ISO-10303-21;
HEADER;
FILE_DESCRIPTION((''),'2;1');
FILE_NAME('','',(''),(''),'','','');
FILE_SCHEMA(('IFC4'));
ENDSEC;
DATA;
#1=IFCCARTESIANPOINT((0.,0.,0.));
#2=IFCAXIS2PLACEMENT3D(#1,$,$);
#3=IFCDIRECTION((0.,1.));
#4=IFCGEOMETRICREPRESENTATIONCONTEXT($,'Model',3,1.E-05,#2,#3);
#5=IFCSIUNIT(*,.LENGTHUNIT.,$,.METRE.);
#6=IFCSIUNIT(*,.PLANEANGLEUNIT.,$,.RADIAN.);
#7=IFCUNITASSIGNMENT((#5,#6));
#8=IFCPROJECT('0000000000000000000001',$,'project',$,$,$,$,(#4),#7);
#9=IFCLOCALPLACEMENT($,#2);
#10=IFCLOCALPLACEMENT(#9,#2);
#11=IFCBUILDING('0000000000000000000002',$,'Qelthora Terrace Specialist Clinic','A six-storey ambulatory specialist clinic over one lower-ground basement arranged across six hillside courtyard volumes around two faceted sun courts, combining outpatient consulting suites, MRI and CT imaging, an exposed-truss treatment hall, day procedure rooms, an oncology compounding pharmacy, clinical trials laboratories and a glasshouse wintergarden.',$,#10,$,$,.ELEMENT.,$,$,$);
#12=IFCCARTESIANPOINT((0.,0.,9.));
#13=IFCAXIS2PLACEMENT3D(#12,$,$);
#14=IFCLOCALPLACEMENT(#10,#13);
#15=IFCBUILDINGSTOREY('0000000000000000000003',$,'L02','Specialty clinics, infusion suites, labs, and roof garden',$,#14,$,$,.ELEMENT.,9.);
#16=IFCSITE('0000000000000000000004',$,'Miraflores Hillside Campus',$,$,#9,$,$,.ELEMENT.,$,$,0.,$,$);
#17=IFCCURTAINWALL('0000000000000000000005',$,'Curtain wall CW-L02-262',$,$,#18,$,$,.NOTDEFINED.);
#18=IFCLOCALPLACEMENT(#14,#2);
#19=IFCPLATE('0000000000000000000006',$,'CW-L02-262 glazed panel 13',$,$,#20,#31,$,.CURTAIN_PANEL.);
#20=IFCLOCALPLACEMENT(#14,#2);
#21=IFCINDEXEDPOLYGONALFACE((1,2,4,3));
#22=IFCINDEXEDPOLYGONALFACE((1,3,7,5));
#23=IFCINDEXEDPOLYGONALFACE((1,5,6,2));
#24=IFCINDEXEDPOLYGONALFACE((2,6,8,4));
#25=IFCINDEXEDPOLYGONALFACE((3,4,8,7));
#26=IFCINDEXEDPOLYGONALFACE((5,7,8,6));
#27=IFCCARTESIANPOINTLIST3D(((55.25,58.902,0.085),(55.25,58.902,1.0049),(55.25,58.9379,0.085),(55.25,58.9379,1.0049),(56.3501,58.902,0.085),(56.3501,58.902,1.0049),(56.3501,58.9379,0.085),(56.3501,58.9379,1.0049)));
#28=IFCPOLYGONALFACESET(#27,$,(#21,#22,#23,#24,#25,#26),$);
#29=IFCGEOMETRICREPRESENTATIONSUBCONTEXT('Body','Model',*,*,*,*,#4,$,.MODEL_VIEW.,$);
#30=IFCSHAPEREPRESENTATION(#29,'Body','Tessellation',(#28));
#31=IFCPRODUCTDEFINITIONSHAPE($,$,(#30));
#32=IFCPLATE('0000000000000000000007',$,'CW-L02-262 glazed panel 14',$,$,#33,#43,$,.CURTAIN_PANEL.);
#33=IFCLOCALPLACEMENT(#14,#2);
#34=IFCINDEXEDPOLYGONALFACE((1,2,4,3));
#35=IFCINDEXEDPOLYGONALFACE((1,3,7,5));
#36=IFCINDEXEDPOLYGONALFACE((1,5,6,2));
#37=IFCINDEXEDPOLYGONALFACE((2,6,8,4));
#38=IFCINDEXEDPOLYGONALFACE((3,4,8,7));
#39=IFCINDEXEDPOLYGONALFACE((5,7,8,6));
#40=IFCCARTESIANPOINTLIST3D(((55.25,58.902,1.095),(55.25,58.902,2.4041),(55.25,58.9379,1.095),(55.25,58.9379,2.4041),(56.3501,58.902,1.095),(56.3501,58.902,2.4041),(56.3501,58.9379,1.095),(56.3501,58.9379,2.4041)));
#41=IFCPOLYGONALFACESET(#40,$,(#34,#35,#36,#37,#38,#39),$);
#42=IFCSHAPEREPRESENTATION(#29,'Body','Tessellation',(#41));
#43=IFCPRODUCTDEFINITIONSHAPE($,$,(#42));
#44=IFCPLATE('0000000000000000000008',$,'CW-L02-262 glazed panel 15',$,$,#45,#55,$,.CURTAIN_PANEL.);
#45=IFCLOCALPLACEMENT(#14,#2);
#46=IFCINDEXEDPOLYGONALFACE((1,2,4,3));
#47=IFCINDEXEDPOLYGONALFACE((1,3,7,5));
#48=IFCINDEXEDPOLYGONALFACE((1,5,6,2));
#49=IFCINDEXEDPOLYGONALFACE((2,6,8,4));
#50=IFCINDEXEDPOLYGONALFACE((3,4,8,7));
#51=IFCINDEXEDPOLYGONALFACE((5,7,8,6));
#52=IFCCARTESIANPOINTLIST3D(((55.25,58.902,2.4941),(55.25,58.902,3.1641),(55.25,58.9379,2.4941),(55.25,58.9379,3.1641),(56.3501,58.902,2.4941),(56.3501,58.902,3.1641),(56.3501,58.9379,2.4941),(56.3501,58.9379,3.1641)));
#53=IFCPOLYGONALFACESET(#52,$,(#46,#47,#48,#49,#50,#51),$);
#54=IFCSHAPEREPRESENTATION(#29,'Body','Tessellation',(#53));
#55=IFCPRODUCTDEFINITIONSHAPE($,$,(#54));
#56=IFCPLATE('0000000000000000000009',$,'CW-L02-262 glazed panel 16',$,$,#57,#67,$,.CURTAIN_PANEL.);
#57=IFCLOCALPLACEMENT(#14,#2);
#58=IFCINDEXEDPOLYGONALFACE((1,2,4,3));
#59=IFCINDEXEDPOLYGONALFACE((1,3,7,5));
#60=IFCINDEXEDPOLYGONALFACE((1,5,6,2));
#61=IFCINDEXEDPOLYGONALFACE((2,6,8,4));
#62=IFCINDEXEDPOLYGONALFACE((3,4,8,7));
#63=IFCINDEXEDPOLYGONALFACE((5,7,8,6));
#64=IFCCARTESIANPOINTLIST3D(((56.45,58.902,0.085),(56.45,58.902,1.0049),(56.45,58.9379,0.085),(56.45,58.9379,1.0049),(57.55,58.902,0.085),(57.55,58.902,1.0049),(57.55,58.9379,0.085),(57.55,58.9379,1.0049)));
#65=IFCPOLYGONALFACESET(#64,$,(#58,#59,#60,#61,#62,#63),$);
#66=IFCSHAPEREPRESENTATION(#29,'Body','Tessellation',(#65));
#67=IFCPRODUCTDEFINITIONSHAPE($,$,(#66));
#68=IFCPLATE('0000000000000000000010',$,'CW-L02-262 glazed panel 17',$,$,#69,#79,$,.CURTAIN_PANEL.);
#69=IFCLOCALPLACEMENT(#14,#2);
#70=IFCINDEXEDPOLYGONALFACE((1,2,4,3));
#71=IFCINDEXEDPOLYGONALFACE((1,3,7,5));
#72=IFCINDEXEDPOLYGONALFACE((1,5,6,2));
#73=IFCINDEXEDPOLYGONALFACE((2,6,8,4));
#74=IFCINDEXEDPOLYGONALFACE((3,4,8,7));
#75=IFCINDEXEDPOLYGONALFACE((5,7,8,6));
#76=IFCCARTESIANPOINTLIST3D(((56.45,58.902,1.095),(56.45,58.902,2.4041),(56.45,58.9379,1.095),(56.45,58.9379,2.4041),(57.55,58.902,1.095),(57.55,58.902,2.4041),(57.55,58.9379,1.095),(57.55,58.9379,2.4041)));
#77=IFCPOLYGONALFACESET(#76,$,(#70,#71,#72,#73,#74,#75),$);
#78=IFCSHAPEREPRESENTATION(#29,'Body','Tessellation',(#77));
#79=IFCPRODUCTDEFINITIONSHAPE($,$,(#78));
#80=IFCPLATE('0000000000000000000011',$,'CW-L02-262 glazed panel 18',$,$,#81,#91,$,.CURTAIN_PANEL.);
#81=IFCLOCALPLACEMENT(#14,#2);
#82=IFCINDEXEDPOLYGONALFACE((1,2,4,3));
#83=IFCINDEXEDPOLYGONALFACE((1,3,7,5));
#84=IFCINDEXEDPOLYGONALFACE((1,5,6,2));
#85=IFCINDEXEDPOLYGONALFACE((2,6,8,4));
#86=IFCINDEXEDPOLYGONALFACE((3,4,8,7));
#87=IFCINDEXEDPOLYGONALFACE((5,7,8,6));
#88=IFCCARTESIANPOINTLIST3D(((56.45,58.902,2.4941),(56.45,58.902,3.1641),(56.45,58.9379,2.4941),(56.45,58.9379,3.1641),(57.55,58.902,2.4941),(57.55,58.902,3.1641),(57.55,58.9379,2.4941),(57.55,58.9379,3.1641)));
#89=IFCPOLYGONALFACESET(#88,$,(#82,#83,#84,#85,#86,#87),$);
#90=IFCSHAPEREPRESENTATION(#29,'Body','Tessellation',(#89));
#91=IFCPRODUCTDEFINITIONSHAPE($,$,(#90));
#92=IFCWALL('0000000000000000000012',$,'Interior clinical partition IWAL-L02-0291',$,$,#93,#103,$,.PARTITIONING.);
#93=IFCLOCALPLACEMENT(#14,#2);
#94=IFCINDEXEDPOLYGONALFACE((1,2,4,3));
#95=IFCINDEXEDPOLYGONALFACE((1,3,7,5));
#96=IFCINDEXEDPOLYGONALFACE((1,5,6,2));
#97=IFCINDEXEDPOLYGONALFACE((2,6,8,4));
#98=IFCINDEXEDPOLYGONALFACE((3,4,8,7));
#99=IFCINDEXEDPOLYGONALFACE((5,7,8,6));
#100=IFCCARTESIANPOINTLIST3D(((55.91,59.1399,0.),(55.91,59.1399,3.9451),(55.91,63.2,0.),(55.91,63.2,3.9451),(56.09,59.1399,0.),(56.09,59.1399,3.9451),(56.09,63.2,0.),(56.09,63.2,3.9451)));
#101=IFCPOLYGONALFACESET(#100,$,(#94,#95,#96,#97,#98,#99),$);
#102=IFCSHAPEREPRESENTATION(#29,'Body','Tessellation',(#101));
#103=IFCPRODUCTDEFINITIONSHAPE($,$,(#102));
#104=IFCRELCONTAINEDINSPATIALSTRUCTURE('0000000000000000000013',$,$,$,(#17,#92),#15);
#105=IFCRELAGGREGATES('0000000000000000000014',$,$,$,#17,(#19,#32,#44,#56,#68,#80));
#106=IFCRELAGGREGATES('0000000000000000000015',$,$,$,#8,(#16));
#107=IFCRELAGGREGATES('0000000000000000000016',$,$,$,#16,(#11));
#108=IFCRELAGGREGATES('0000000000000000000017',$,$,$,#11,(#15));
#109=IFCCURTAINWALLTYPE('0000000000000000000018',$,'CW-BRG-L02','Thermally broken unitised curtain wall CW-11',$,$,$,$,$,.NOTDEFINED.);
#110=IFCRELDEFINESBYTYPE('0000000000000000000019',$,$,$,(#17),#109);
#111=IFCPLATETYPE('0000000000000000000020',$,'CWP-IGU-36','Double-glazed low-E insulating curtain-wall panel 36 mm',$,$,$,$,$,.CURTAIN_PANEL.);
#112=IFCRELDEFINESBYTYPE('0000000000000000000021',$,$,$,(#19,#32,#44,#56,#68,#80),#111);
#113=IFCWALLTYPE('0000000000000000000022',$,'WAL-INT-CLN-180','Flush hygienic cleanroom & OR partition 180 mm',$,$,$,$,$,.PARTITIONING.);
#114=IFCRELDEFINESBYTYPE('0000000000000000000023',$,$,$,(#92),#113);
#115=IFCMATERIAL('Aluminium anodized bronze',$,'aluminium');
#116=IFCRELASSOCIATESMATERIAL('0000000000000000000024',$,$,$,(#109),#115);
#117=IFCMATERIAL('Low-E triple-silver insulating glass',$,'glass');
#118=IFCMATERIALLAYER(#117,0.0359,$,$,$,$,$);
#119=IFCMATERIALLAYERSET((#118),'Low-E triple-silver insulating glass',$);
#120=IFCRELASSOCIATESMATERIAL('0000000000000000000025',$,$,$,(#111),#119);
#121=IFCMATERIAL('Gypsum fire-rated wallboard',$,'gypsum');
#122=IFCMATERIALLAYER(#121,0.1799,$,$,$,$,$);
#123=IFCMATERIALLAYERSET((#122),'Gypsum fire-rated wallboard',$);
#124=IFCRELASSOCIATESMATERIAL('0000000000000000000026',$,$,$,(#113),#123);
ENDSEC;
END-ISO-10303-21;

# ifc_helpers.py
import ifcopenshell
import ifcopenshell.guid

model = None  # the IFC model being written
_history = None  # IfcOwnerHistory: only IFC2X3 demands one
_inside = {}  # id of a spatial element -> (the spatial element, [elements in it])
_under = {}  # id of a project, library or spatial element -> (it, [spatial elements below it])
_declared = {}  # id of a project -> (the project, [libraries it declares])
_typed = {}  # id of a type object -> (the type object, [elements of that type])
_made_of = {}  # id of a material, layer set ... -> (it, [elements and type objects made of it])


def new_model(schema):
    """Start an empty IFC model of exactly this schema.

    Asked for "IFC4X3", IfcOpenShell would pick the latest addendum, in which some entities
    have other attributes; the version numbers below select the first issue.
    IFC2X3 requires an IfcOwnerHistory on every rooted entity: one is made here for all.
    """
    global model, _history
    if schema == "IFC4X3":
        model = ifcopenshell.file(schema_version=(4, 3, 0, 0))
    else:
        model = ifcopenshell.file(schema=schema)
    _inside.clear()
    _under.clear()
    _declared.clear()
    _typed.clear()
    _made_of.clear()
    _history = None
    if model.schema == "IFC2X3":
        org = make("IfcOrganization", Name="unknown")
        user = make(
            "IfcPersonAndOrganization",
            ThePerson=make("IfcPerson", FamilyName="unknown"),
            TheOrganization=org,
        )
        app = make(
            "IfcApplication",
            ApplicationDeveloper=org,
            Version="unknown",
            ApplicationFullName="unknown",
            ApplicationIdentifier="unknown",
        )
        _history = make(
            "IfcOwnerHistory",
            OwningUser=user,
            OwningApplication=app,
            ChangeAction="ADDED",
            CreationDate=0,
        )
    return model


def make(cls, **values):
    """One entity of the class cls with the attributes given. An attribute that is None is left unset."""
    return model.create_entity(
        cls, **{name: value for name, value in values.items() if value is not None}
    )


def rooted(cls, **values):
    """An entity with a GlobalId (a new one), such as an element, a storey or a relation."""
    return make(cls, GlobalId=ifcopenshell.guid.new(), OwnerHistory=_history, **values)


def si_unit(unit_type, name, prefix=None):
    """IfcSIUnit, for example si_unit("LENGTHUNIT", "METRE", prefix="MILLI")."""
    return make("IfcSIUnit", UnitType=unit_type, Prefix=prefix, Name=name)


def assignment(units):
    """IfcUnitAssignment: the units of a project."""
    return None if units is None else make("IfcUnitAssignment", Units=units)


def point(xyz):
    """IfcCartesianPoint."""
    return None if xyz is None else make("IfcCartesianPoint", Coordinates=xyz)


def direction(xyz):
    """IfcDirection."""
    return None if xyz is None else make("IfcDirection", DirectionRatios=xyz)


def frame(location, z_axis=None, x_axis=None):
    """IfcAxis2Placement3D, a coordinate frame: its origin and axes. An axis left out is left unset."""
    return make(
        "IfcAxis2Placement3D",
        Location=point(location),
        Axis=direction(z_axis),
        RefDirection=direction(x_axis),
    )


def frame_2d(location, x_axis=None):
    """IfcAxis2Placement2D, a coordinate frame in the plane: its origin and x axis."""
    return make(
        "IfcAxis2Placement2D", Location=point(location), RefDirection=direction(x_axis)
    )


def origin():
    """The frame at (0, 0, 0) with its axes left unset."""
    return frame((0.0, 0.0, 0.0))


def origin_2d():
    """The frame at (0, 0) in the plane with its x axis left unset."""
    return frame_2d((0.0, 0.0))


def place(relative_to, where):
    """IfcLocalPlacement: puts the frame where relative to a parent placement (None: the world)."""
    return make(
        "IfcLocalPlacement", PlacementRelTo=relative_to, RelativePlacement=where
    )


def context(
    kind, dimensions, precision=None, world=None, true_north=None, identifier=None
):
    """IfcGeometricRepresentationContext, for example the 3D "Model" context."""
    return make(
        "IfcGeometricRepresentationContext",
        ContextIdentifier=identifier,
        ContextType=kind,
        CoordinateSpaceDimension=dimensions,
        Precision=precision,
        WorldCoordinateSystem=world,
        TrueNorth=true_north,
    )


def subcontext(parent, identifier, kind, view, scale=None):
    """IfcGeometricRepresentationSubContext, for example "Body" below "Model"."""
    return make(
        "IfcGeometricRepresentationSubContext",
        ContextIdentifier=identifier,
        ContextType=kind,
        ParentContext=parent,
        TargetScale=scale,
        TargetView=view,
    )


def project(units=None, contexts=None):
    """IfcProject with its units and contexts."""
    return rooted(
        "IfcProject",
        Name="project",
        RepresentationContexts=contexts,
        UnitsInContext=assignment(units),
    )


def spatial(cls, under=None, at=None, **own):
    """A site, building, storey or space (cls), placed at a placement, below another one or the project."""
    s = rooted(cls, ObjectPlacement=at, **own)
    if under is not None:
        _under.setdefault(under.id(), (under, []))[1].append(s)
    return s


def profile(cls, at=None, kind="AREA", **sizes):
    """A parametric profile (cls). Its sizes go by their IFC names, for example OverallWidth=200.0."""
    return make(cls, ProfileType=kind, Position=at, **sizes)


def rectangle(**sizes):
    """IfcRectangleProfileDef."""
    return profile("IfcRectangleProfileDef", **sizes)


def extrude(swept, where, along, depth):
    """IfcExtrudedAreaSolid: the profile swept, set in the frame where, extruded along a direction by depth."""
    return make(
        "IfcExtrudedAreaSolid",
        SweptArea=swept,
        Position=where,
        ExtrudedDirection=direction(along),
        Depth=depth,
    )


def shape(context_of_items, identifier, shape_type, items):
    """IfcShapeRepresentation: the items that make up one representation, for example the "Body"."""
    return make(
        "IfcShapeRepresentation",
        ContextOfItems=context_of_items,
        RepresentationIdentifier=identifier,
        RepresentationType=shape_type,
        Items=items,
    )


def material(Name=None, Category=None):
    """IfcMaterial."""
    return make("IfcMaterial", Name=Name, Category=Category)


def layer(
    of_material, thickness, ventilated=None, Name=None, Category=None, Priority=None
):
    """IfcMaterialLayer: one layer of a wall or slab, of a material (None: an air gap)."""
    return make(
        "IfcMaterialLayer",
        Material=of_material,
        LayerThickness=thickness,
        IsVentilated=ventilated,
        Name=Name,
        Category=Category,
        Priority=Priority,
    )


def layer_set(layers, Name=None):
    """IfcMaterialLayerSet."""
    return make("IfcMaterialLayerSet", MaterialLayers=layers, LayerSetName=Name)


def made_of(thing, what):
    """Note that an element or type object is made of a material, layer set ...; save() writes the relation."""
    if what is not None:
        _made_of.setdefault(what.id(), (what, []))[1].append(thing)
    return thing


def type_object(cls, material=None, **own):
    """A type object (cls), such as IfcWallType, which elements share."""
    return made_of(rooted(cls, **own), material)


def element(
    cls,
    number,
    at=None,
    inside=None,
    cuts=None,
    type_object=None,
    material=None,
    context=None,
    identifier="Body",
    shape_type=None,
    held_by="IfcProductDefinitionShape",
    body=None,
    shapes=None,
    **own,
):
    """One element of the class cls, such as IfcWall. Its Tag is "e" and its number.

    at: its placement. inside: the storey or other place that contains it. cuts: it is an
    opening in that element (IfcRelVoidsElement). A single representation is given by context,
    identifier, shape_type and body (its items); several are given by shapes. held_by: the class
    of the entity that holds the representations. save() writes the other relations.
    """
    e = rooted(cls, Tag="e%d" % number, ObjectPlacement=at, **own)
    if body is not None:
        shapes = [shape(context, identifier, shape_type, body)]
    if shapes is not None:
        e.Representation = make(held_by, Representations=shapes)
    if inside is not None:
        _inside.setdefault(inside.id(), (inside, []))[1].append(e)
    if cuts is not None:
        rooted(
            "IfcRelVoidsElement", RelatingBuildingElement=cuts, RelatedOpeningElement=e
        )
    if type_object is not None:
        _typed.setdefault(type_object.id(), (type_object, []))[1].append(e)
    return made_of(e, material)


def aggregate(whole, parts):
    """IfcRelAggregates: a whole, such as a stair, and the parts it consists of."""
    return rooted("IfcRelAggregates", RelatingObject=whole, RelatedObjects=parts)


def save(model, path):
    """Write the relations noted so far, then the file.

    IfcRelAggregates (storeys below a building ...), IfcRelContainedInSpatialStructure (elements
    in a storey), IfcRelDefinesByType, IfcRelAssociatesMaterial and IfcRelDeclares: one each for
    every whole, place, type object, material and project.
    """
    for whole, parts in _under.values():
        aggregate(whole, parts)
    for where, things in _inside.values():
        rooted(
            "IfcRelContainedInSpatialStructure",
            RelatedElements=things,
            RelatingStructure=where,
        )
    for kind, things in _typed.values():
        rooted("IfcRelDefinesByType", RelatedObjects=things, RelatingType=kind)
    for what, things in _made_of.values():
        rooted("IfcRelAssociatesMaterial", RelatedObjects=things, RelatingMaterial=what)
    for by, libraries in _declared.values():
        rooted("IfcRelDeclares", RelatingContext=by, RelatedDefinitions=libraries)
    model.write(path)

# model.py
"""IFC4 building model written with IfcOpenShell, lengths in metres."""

from ifc_helpers import new_model, si_unit, direction, frame, frame_2d, origin, origin_2d, place, context, subcontext, project, spatial, rectangle, extrude, material, layer, layer_set, type_object, element, aggregate, save


model = new_model("IFC4")

# Units and contexts
model_context = context("Model", 3, precision=1e-05, world=origin(), true_north=direction((0.0, 1.0)))
body_context = subcontext(model_context, "Body", "Model", "MODEL_VIEW")
ifc_project = project(units=[si_unit("LENGTHUNIT", "METRE"), si_unit("PLANEANGLEUNIT", "RADIAN")], contexts=[model_context])

# Site, building, storey
site_placement = place(None, origin())
site = spatial("IfcSite", under=ifc_project, at=site_placement, Name="Miraflores Hillside Campus", CompositionType="ELEMENT", RefElevation=0.0)
building_placement = place(site_placement, origin())
building = spatial("IfcBuilding", under=site, at=building_placement, Name="Qelthora Terrace Specialist Clinic", Description="A six-storey ambulatory specialist clinic over one lower-ground basement arranged across six hillside courtyard volumes around two faceted sun courts, combining outpatient consulting suites, MRI and CT imaging, an exposed-truss treatment hall, day procedure rooms, an oncology compounding pharmacy, clinical trials laboratories and a glasshouse wintergarden.", CompositionType="ELEMENT")
storey_placement = place(building_placement, frame((0.0, 0.0, 9.0)))
storey = spatial("IfcBuildingStorey", under=building, at=storey_placement, Name="L02", Description="Specialty clinics, infusion suites, labs, and roof garden", CompositionType="ELEMENT", Elevation=9.0)

# Curtain wall, plates
ifc_material_1 = material(Name="Aluminium anodized bronze", Category="aluminium")
curtain_wall_type = type_object("IfcCurtainWallType", Name="CW-BRG-L02", Description="Thermally broken unitised curtain wall CW-11", PredefinedType="NOTDEFINED", material=ifc_material_1)
curtain_wall_placement = place(storey_placement, origin())
curtain_wall = element("IfcCurtainWall", 1, at=curtain_wall_placement, inside=storey, type_object=curtain_wall_type, Name="Curtain wall CW-L02-262", PredefinedType="NOTDEFINED")
ifc_material_2 = material(Name="Low-E triple-silver insulating glass", Category="glass")
ifc_layer_1 = layer(ifc_material_2, 0.0359)
ifc_layer_set_1 = layer_set([ifc_layer_1], Name="Low-E triple-silver insulating glass")
plate_type = type_object("IfcPlateType", Name="CWP-IGU-36", Description="Double-glazed low-E insulating curtain-wall panel 36 mm", PredefinedType="CURTAIN_PANEL", material=ifc_layer_set_1)
plate_1_placement = place(storey_placement, frame((55.8, 58.9199, 0.085), z_axis=(0.0, 0.0, 1.0), x_axis=(1.0, 0.0, 0.0)))
plate_1 = element("IfcPlate", 2, at=plate_1_placement, type_object=plate_type, Name="CW-L02-262 glazed panel 13", PredefinedType="CURTAIN_PANEL", context=body_context, shape_type="SweptSolid", body=[
    extrude(rectangle(XDim=1.1001, YDim=0.0359, at=origin_2d()), origin(), (0.0, 0.0, 1.0), 0.9199),
])
plate_2_placement = place(storey_placement, frame((55.8, 58.9199, 1.095), z_axis=(0.0, 0.0, 1.0), x_axis=(1.0, 0.0, 0.0)))
plate_2 = element("IfcPlate", 3, at=plate_2_placement, type_object=plate_type, Name="CW-L02-262 glazed panel 14", PredefinedType="CURTAIN_PANEL", context=body_context, shape_type="SweptSolid", body=[
    extrude(rectangle(XDim=1.1001, YDim=0.0359, at=origin_2d()), origin(), (0.0, 0.0, 1.0), 1.3091),
])
plate_3_placement = place(storey_placement, frame((55.8, 58.9199, 2.4941), z_axis=(0.0, 0.0, 1.0), x_axis=(1.0, 0.0, 0.0)))
plate_3 = element("IfcPlate", 4, at=plate_3_placement, type_object=plate_type, Name="CW-L02-262 glazed panel 15", PredefinedType="CURTAIN_PANEL", context=body_context, shape_type="SweptSolid", body=[
    extrude(rectangle(XDim=1.1001, YDim=0.0359, at=origin_2d()), origin(), (0.0, 0.0, 1.0), 0.6699),
])
plate_4_placement = place(storey_placement, frame((57.0, 58.9199, 0.085), z_axis=(0.0, 0.0, 1.0), x_axis=(1.0, 0.0, 0.0)))
plate_4 = element("IfcPlate", 5, at=plate_4_placement, type_object=plate_type, Name="CW-L02-262 glazed panel 16", PredefinedType="CURTAIN_PANEL", context=body_context, shape_type="SweptSolid", body=[
    extrude(rectangle(XDim=1.1001, YDim=0.0359, at=origin_2d()), origin(), (0.0, 0.0, 1.0), 0.9199),
])
plate_5_placement = place(storey_placement, frame((57.0, 58.9199, 1.095), z_axis=(0.0, 0.0, 1.0), x_axis=(1.0, 0.0, 0.0)))
plate_5 = element("IfcPlate", 6, at=plate_5_placement, type_object=plate_type, Name="CW-L02-262 glazed panel 17", PredefinedType="CURTAIN_PANEL", context=body_context, shape_type="SweptSolid", body=[
    extrude(rectangle(XDim=1.1001, YDim=0.0359, at=origin_2d()), origin(), (0.0, 0.0, 1.0), 1.3091),
])
plate_6_placement = place(storey_placement, frame((57.0, 58.9199, 2.4941), z_axis=(0.0, 0.0, 1.0), x_axis=(1.0, 0.0, 0.0)))
plate_6 = element("IfcPlate", 7, at=plate_6_placement, type_object=plate_type, Name="CW-L02-262 glazed panel 18", PredefinedType="CURTAIN_PANEL", context=body_context, shape_type="SweptSolid", body=[
    extrude(rectangle(XDim=1.1001, YDim=0.0359, at=origin_2d()), origin(), (0.0, 0.0, 1.0), 0.6699),
])
aggregate(curtain_wall, [plate_1, plate_2, plate_3, plate_4, plate_5, plate_6])

# Wall
ifc_material_3 = material(Name="Gypsum fire-rated wallboard", Category="gypsum")
ifc_layer_2 = layer(ifc_material_3, 0.1799)
ifc_layer_set_2 = layer_set([ifc_layer_2], Name="Gypsum fire-rated wallboard")
wall_type = type_object("IfcWallType", Name="WAL-INT-CLN-180", Description="Flush hygienic cleanroom & OR partition 180 mm", PredefinedType="PARTITIONING", material=ifc_layer_set_2)
wall_placement = place(storey_placement, frame((56.0, 59.1399, 0.0), z_axis=(0.0, 0.0, 1.0), x_axis=(0.0, 1.0, 0.0)))
element("IfcWall", 8, at=wall_placement, inside=storey, type_object=wall_type, Name="Interior clinical partition IWAL-L02-0291", PredefinedType="PARTITIONING", context=body_context, shape_type="SweptSolid", body=[
    extrude(rectangle(XDim=4.0601, YDim=0.1799, at=frame_2d((2.03, 0.0))), origin(), (0.0, 0.0, 1.0), 3.9451),
])

save(model, "model.ifc")
